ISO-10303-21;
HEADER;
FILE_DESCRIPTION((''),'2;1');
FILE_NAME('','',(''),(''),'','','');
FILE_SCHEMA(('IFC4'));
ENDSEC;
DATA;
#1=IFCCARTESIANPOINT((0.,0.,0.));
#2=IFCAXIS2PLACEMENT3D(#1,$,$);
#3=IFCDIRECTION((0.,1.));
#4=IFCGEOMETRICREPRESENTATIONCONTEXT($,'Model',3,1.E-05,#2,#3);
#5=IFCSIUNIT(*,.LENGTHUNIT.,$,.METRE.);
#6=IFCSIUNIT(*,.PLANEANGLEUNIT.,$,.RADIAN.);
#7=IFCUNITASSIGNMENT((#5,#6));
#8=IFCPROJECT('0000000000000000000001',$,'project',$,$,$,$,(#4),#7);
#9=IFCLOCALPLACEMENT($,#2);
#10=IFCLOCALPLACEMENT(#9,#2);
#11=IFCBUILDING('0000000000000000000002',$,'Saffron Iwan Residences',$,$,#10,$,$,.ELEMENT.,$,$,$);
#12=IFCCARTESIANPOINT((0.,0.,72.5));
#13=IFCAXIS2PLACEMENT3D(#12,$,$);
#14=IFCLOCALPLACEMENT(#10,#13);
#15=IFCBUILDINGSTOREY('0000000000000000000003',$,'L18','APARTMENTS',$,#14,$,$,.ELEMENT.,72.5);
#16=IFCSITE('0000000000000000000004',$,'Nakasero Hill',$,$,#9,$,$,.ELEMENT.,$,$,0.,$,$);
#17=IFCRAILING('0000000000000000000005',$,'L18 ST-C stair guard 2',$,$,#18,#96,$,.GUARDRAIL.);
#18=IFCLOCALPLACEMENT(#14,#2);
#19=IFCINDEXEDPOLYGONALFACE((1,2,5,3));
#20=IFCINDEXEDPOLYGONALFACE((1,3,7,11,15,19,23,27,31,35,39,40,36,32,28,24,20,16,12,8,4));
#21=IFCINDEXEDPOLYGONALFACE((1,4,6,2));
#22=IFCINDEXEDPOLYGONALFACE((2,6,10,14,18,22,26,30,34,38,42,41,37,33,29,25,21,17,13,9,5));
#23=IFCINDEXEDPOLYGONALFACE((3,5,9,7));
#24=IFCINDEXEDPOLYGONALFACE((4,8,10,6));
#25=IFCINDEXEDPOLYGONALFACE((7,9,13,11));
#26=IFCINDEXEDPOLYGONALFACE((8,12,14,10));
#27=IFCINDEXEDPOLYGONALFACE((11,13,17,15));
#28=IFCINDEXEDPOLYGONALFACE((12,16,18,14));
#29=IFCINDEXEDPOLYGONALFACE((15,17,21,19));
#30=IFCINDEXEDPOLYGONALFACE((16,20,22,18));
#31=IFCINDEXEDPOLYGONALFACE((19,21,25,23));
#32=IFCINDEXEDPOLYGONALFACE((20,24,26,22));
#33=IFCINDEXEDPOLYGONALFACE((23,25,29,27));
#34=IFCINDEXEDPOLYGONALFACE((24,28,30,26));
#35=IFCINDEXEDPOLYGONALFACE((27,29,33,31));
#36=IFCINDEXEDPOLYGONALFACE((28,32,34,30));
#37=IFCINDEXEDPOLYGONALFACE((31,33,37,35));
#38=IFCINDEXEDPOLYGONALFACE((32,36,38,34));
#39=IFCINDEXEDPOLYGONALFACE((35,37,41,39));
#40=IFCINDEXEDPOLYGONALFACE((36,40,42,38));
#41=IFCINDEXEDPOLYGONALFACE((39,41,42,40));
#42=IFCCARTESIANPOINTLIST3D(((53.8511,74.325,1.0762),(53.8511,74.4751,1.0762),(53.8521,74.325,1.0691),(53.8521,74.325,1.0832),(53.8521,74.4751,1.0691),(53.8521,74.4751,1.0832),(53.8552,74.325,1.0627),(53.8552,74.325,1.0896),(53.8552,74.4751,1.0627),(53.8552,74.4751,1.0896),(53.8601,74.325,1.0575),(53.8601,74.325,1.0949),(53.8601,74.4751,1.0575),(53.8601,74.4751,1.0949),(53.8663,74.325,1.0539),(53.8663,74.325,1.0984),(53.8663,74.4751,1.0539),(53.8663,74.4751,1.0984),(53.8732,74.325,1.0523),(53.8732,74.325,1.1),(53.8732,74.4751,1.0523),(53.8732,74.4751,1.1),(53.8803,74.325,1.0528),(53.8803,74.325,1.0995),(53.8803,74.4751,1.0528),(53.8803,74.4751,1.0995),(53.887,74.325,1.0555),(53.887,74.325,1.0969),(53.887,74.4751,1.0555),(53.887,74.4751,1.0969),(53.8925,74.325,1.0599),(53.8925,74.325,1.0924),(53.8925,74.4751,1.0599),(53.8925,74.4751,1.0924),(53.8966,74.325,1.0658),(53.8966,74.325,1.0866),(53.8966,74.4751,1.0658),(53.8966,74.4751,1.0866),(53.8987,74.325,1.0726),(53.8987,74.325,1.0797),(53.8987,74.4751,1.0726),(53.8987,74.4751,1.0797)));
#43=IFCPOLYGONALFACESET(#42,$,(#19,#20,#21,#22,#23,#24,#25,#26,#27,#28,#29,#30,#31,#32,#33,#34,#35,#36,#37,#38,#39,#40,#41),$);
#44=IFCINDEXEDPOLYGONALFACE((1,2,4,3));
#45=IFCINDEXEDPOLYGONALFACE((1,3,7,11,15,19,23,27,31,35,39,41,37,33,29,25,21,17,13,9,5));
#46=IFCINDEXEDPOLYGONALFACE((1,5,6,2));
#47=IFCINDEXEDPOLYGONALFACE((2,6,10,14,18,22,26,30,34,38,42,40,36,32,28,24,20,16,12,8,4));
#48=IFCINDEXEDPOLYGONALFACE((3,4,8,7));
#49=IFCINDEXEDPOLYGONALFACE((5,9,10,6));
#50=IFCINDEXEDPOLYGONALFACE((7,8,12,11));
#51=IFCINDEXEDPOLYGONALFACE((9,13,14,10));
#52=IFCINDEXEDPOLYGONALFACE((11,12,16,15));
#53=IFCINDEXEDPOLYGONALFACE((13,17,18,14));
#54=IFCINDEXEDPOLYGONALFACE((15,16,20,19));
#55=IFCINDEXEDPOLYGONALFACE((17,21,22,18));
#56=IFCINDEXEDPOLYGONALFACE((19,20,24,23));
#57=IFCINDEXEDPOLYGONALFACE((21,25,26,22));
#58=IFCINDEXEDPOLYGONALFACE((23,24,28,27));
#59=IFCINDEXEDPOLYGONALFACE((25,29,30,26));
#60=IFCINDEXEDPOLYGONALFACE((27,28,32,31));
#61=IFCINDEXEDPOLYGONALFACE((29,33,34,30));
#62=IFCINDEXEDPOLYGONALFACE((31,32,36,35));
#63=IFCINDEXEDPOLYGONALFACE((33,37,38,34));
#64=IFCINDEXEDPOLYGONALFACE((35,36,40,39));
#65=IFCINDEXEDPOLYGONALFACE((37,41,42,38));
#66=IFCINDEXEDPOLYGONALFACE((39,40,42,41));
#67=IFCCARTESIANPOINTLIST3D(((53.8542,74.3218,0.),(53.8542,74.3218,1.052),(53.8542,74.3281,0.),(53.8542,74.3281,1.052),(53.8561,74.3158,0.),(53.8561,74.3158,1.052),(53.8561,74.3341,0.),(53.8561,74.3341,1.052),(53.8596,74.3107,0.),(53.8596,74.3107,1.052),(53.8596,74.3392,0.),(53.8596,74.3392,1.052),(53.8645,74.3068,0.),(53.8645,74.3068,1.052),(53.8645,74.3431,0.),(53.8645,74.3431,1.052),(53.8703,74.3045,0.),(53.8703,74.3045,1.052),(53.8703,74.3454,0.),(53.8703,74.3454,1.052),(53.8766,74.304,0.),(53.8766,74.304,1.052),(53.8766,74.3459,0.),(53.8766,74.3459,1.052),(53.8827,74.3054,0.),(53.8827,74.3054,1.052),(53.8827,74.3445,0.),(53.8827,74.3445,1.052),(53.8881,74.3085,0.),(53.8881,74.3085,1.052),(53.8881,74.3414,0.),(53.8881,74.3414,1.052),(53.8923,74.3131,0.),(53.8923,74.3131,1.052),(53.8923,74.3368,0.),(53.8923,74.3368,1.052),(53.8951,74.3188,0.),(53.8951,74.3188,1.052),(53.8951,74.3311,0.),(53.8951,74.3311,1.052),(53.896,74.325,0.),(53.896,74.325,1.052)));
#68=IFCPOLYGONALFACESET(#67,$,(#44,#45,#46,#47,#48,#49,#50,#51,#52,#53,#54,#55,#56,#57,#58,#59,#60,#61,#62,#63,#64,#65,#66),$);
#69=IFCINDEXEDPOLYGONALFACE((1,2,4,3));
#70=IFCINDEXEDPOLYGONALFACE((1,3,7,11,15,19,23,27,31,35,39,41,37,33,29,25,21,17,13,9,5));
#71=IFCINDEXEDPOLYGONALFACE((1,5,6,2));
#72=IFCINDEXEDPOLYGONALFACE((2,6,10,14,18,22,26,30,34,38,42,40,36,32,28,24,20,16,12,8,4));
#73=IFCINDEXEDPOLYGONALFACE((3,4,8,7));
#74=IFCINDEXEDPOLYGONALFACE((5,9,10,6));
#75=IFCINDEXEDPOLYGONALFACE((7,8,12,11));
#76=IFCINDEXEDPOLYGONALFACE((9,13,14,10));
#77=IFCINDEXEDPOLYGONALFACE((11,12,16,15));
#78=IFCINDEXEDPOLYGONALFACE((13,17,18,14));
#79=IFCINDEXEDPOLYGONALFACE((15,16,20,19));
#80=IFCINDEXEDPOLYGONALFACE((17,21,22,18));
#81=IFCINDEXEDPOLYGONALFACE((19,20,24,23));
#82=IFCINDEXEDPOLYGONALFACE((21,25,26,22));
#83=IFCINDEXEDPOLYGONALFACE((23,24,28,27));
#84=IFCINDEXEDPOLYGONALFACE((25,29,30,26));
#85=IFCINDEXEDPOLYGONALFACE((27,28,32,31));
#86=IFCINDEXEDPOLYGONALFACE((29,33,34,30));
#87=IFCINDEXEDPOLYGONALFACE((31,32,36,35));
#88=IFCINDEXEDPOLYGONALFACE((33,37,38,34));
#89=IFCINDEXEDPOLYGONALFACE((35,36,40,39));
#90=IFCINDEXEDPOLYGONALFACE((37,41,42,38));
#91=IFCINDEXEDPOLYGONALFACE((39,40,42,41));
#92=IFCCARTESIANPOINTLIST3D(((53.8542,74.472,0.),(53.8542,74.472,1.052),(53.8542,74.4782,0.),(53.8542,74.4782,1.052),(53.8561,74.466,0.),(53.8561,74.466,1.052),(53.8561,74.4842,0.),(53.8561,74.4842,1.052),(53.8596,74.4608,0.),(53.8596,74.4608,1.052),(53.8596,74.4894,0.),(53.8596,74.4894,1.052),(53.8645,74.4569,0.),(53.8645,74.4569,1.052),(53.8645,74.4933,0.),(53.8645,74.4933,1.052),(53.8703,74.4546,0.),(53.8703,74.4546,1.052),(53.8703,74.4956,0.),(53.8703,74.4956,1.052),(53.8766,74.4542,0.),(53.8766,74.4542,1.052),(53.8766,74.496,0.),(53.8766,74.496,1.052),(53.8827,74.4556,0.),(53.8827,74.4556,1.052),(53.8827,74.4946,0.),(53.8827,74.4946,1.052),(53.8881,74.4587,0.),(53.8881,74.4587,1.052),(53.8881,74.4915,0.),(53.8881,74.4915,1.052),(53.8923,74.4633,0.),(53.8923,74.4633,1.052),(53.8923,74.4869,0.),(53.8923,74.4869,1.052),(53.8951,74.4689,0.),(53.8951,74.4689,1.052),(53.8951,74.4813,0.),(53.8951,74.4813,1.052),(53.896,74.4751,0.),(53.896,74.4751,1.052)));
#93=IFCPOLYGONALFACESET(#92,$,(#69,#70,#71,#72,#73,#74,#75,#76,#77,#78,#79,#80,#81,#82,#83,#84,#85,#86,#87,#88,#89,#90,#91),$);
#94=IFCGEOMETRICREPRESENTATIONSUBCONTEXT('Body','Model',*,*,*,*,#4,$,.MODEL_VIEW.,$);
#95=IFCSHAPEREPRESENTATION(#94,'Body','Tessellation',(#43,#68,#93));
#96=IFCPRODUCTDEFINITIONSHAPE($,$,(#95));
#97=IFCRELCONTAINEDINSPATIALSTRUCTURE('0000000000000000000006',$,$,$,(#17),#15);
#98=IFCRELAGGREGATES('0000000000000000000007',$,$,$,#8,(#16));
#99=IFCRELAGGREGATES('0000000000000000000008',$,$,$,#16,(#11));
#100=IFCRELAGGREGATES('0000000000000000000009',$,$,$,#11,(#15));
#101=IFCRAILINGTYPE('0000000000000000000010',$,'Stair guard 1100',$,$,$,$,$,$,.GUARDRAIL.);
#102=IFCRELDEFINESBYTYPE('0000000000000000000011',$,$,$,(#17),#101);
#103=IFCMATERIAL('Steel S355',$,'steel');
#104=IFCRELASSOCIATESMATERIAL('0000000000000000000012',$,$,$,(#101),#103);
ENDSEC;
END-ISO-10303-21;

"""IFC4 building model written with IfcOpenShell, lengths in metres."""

from ifc_helpers import new_model, si_unit, direction, frame, origin, origin_2d, place, context, subcontext, project, spatial, circle, extrude, material, type_object, element, save


model = new_model("IFC4")

# Units and contexts
model_context = context("Model", 3, precision=1e-05, world=origin(), true_north=direction((0.0, 1.0)))
body_context = subcontext(model_context, "Body", "Model", "MODEL_VIEW")
ifc_project = project(units=[si_unit("LENGTHUNIT", "METRE"), si_unit("PLANEANGLEUNIT", "RADIAN")], contexts=[model_context])

# Site, building, storey
site_placement = place(None, origin())
site = spatial("IfcSite", under=ifc_project, at=site_placement, Name="Nakasero Hill", CompositionType="ELEMENT", RefElevation=0.0)
building_placement = place(site_placement, origin())
building = spatial("IfcBuilding", under=site, at=building_placement, Name="Saffron Iwan Residences", CompositionType="ELEMENT")
storey_placement = place(building_placement, frame((0.0, 0.0, 72.5)))
storey = spatial("IfcBuildingStorey", under=building, at=storey_placement, Name="L18", Description="APARTMENTS", CompositionType="ELEMENT", Elevation=72.5)

# Railing
ifc_material_1 = material(Name="Steel S355", Category="steel")
railing_type_1 = type_object("IfcRailingType", Name="Stair guard 1100", PredefinedType="GUARDRAIL", material=ifc_material_1)
railing_1_placement = place(storey_placement, frame((53.875, 74.325, 0.0)))
element("IfcRailing", 1, at=railing_1_placement, inside=storey, type_object=railing_type_1, Name="L18 ST-C stair guard 2", PredefinedType="GUARDRAIL", context=body_context, shape_type="SweptSolid", body=[
    extrude(circle(Radius=0.0239, at=origin_2d()), frame((0.0, 0.0, 1.0762), z_axis=(0.0, 1.0, 0.0), x_axis=(-1.0, 0.0, 0.0)), (0.0, 0.0, 1.0), 0.1501),
    extrude(circle(Radius=0.021, at=origin_2d()), origin(), (0.0, 0.0, 1.0), 1.052),
    extrude(circle(Radius=0.021, at=origin_2d()), frame((0.0, 0.1501, 0.0)), (0.0, 0.0, 1.0), 1.052),
])

save(model, "model.ifc")
